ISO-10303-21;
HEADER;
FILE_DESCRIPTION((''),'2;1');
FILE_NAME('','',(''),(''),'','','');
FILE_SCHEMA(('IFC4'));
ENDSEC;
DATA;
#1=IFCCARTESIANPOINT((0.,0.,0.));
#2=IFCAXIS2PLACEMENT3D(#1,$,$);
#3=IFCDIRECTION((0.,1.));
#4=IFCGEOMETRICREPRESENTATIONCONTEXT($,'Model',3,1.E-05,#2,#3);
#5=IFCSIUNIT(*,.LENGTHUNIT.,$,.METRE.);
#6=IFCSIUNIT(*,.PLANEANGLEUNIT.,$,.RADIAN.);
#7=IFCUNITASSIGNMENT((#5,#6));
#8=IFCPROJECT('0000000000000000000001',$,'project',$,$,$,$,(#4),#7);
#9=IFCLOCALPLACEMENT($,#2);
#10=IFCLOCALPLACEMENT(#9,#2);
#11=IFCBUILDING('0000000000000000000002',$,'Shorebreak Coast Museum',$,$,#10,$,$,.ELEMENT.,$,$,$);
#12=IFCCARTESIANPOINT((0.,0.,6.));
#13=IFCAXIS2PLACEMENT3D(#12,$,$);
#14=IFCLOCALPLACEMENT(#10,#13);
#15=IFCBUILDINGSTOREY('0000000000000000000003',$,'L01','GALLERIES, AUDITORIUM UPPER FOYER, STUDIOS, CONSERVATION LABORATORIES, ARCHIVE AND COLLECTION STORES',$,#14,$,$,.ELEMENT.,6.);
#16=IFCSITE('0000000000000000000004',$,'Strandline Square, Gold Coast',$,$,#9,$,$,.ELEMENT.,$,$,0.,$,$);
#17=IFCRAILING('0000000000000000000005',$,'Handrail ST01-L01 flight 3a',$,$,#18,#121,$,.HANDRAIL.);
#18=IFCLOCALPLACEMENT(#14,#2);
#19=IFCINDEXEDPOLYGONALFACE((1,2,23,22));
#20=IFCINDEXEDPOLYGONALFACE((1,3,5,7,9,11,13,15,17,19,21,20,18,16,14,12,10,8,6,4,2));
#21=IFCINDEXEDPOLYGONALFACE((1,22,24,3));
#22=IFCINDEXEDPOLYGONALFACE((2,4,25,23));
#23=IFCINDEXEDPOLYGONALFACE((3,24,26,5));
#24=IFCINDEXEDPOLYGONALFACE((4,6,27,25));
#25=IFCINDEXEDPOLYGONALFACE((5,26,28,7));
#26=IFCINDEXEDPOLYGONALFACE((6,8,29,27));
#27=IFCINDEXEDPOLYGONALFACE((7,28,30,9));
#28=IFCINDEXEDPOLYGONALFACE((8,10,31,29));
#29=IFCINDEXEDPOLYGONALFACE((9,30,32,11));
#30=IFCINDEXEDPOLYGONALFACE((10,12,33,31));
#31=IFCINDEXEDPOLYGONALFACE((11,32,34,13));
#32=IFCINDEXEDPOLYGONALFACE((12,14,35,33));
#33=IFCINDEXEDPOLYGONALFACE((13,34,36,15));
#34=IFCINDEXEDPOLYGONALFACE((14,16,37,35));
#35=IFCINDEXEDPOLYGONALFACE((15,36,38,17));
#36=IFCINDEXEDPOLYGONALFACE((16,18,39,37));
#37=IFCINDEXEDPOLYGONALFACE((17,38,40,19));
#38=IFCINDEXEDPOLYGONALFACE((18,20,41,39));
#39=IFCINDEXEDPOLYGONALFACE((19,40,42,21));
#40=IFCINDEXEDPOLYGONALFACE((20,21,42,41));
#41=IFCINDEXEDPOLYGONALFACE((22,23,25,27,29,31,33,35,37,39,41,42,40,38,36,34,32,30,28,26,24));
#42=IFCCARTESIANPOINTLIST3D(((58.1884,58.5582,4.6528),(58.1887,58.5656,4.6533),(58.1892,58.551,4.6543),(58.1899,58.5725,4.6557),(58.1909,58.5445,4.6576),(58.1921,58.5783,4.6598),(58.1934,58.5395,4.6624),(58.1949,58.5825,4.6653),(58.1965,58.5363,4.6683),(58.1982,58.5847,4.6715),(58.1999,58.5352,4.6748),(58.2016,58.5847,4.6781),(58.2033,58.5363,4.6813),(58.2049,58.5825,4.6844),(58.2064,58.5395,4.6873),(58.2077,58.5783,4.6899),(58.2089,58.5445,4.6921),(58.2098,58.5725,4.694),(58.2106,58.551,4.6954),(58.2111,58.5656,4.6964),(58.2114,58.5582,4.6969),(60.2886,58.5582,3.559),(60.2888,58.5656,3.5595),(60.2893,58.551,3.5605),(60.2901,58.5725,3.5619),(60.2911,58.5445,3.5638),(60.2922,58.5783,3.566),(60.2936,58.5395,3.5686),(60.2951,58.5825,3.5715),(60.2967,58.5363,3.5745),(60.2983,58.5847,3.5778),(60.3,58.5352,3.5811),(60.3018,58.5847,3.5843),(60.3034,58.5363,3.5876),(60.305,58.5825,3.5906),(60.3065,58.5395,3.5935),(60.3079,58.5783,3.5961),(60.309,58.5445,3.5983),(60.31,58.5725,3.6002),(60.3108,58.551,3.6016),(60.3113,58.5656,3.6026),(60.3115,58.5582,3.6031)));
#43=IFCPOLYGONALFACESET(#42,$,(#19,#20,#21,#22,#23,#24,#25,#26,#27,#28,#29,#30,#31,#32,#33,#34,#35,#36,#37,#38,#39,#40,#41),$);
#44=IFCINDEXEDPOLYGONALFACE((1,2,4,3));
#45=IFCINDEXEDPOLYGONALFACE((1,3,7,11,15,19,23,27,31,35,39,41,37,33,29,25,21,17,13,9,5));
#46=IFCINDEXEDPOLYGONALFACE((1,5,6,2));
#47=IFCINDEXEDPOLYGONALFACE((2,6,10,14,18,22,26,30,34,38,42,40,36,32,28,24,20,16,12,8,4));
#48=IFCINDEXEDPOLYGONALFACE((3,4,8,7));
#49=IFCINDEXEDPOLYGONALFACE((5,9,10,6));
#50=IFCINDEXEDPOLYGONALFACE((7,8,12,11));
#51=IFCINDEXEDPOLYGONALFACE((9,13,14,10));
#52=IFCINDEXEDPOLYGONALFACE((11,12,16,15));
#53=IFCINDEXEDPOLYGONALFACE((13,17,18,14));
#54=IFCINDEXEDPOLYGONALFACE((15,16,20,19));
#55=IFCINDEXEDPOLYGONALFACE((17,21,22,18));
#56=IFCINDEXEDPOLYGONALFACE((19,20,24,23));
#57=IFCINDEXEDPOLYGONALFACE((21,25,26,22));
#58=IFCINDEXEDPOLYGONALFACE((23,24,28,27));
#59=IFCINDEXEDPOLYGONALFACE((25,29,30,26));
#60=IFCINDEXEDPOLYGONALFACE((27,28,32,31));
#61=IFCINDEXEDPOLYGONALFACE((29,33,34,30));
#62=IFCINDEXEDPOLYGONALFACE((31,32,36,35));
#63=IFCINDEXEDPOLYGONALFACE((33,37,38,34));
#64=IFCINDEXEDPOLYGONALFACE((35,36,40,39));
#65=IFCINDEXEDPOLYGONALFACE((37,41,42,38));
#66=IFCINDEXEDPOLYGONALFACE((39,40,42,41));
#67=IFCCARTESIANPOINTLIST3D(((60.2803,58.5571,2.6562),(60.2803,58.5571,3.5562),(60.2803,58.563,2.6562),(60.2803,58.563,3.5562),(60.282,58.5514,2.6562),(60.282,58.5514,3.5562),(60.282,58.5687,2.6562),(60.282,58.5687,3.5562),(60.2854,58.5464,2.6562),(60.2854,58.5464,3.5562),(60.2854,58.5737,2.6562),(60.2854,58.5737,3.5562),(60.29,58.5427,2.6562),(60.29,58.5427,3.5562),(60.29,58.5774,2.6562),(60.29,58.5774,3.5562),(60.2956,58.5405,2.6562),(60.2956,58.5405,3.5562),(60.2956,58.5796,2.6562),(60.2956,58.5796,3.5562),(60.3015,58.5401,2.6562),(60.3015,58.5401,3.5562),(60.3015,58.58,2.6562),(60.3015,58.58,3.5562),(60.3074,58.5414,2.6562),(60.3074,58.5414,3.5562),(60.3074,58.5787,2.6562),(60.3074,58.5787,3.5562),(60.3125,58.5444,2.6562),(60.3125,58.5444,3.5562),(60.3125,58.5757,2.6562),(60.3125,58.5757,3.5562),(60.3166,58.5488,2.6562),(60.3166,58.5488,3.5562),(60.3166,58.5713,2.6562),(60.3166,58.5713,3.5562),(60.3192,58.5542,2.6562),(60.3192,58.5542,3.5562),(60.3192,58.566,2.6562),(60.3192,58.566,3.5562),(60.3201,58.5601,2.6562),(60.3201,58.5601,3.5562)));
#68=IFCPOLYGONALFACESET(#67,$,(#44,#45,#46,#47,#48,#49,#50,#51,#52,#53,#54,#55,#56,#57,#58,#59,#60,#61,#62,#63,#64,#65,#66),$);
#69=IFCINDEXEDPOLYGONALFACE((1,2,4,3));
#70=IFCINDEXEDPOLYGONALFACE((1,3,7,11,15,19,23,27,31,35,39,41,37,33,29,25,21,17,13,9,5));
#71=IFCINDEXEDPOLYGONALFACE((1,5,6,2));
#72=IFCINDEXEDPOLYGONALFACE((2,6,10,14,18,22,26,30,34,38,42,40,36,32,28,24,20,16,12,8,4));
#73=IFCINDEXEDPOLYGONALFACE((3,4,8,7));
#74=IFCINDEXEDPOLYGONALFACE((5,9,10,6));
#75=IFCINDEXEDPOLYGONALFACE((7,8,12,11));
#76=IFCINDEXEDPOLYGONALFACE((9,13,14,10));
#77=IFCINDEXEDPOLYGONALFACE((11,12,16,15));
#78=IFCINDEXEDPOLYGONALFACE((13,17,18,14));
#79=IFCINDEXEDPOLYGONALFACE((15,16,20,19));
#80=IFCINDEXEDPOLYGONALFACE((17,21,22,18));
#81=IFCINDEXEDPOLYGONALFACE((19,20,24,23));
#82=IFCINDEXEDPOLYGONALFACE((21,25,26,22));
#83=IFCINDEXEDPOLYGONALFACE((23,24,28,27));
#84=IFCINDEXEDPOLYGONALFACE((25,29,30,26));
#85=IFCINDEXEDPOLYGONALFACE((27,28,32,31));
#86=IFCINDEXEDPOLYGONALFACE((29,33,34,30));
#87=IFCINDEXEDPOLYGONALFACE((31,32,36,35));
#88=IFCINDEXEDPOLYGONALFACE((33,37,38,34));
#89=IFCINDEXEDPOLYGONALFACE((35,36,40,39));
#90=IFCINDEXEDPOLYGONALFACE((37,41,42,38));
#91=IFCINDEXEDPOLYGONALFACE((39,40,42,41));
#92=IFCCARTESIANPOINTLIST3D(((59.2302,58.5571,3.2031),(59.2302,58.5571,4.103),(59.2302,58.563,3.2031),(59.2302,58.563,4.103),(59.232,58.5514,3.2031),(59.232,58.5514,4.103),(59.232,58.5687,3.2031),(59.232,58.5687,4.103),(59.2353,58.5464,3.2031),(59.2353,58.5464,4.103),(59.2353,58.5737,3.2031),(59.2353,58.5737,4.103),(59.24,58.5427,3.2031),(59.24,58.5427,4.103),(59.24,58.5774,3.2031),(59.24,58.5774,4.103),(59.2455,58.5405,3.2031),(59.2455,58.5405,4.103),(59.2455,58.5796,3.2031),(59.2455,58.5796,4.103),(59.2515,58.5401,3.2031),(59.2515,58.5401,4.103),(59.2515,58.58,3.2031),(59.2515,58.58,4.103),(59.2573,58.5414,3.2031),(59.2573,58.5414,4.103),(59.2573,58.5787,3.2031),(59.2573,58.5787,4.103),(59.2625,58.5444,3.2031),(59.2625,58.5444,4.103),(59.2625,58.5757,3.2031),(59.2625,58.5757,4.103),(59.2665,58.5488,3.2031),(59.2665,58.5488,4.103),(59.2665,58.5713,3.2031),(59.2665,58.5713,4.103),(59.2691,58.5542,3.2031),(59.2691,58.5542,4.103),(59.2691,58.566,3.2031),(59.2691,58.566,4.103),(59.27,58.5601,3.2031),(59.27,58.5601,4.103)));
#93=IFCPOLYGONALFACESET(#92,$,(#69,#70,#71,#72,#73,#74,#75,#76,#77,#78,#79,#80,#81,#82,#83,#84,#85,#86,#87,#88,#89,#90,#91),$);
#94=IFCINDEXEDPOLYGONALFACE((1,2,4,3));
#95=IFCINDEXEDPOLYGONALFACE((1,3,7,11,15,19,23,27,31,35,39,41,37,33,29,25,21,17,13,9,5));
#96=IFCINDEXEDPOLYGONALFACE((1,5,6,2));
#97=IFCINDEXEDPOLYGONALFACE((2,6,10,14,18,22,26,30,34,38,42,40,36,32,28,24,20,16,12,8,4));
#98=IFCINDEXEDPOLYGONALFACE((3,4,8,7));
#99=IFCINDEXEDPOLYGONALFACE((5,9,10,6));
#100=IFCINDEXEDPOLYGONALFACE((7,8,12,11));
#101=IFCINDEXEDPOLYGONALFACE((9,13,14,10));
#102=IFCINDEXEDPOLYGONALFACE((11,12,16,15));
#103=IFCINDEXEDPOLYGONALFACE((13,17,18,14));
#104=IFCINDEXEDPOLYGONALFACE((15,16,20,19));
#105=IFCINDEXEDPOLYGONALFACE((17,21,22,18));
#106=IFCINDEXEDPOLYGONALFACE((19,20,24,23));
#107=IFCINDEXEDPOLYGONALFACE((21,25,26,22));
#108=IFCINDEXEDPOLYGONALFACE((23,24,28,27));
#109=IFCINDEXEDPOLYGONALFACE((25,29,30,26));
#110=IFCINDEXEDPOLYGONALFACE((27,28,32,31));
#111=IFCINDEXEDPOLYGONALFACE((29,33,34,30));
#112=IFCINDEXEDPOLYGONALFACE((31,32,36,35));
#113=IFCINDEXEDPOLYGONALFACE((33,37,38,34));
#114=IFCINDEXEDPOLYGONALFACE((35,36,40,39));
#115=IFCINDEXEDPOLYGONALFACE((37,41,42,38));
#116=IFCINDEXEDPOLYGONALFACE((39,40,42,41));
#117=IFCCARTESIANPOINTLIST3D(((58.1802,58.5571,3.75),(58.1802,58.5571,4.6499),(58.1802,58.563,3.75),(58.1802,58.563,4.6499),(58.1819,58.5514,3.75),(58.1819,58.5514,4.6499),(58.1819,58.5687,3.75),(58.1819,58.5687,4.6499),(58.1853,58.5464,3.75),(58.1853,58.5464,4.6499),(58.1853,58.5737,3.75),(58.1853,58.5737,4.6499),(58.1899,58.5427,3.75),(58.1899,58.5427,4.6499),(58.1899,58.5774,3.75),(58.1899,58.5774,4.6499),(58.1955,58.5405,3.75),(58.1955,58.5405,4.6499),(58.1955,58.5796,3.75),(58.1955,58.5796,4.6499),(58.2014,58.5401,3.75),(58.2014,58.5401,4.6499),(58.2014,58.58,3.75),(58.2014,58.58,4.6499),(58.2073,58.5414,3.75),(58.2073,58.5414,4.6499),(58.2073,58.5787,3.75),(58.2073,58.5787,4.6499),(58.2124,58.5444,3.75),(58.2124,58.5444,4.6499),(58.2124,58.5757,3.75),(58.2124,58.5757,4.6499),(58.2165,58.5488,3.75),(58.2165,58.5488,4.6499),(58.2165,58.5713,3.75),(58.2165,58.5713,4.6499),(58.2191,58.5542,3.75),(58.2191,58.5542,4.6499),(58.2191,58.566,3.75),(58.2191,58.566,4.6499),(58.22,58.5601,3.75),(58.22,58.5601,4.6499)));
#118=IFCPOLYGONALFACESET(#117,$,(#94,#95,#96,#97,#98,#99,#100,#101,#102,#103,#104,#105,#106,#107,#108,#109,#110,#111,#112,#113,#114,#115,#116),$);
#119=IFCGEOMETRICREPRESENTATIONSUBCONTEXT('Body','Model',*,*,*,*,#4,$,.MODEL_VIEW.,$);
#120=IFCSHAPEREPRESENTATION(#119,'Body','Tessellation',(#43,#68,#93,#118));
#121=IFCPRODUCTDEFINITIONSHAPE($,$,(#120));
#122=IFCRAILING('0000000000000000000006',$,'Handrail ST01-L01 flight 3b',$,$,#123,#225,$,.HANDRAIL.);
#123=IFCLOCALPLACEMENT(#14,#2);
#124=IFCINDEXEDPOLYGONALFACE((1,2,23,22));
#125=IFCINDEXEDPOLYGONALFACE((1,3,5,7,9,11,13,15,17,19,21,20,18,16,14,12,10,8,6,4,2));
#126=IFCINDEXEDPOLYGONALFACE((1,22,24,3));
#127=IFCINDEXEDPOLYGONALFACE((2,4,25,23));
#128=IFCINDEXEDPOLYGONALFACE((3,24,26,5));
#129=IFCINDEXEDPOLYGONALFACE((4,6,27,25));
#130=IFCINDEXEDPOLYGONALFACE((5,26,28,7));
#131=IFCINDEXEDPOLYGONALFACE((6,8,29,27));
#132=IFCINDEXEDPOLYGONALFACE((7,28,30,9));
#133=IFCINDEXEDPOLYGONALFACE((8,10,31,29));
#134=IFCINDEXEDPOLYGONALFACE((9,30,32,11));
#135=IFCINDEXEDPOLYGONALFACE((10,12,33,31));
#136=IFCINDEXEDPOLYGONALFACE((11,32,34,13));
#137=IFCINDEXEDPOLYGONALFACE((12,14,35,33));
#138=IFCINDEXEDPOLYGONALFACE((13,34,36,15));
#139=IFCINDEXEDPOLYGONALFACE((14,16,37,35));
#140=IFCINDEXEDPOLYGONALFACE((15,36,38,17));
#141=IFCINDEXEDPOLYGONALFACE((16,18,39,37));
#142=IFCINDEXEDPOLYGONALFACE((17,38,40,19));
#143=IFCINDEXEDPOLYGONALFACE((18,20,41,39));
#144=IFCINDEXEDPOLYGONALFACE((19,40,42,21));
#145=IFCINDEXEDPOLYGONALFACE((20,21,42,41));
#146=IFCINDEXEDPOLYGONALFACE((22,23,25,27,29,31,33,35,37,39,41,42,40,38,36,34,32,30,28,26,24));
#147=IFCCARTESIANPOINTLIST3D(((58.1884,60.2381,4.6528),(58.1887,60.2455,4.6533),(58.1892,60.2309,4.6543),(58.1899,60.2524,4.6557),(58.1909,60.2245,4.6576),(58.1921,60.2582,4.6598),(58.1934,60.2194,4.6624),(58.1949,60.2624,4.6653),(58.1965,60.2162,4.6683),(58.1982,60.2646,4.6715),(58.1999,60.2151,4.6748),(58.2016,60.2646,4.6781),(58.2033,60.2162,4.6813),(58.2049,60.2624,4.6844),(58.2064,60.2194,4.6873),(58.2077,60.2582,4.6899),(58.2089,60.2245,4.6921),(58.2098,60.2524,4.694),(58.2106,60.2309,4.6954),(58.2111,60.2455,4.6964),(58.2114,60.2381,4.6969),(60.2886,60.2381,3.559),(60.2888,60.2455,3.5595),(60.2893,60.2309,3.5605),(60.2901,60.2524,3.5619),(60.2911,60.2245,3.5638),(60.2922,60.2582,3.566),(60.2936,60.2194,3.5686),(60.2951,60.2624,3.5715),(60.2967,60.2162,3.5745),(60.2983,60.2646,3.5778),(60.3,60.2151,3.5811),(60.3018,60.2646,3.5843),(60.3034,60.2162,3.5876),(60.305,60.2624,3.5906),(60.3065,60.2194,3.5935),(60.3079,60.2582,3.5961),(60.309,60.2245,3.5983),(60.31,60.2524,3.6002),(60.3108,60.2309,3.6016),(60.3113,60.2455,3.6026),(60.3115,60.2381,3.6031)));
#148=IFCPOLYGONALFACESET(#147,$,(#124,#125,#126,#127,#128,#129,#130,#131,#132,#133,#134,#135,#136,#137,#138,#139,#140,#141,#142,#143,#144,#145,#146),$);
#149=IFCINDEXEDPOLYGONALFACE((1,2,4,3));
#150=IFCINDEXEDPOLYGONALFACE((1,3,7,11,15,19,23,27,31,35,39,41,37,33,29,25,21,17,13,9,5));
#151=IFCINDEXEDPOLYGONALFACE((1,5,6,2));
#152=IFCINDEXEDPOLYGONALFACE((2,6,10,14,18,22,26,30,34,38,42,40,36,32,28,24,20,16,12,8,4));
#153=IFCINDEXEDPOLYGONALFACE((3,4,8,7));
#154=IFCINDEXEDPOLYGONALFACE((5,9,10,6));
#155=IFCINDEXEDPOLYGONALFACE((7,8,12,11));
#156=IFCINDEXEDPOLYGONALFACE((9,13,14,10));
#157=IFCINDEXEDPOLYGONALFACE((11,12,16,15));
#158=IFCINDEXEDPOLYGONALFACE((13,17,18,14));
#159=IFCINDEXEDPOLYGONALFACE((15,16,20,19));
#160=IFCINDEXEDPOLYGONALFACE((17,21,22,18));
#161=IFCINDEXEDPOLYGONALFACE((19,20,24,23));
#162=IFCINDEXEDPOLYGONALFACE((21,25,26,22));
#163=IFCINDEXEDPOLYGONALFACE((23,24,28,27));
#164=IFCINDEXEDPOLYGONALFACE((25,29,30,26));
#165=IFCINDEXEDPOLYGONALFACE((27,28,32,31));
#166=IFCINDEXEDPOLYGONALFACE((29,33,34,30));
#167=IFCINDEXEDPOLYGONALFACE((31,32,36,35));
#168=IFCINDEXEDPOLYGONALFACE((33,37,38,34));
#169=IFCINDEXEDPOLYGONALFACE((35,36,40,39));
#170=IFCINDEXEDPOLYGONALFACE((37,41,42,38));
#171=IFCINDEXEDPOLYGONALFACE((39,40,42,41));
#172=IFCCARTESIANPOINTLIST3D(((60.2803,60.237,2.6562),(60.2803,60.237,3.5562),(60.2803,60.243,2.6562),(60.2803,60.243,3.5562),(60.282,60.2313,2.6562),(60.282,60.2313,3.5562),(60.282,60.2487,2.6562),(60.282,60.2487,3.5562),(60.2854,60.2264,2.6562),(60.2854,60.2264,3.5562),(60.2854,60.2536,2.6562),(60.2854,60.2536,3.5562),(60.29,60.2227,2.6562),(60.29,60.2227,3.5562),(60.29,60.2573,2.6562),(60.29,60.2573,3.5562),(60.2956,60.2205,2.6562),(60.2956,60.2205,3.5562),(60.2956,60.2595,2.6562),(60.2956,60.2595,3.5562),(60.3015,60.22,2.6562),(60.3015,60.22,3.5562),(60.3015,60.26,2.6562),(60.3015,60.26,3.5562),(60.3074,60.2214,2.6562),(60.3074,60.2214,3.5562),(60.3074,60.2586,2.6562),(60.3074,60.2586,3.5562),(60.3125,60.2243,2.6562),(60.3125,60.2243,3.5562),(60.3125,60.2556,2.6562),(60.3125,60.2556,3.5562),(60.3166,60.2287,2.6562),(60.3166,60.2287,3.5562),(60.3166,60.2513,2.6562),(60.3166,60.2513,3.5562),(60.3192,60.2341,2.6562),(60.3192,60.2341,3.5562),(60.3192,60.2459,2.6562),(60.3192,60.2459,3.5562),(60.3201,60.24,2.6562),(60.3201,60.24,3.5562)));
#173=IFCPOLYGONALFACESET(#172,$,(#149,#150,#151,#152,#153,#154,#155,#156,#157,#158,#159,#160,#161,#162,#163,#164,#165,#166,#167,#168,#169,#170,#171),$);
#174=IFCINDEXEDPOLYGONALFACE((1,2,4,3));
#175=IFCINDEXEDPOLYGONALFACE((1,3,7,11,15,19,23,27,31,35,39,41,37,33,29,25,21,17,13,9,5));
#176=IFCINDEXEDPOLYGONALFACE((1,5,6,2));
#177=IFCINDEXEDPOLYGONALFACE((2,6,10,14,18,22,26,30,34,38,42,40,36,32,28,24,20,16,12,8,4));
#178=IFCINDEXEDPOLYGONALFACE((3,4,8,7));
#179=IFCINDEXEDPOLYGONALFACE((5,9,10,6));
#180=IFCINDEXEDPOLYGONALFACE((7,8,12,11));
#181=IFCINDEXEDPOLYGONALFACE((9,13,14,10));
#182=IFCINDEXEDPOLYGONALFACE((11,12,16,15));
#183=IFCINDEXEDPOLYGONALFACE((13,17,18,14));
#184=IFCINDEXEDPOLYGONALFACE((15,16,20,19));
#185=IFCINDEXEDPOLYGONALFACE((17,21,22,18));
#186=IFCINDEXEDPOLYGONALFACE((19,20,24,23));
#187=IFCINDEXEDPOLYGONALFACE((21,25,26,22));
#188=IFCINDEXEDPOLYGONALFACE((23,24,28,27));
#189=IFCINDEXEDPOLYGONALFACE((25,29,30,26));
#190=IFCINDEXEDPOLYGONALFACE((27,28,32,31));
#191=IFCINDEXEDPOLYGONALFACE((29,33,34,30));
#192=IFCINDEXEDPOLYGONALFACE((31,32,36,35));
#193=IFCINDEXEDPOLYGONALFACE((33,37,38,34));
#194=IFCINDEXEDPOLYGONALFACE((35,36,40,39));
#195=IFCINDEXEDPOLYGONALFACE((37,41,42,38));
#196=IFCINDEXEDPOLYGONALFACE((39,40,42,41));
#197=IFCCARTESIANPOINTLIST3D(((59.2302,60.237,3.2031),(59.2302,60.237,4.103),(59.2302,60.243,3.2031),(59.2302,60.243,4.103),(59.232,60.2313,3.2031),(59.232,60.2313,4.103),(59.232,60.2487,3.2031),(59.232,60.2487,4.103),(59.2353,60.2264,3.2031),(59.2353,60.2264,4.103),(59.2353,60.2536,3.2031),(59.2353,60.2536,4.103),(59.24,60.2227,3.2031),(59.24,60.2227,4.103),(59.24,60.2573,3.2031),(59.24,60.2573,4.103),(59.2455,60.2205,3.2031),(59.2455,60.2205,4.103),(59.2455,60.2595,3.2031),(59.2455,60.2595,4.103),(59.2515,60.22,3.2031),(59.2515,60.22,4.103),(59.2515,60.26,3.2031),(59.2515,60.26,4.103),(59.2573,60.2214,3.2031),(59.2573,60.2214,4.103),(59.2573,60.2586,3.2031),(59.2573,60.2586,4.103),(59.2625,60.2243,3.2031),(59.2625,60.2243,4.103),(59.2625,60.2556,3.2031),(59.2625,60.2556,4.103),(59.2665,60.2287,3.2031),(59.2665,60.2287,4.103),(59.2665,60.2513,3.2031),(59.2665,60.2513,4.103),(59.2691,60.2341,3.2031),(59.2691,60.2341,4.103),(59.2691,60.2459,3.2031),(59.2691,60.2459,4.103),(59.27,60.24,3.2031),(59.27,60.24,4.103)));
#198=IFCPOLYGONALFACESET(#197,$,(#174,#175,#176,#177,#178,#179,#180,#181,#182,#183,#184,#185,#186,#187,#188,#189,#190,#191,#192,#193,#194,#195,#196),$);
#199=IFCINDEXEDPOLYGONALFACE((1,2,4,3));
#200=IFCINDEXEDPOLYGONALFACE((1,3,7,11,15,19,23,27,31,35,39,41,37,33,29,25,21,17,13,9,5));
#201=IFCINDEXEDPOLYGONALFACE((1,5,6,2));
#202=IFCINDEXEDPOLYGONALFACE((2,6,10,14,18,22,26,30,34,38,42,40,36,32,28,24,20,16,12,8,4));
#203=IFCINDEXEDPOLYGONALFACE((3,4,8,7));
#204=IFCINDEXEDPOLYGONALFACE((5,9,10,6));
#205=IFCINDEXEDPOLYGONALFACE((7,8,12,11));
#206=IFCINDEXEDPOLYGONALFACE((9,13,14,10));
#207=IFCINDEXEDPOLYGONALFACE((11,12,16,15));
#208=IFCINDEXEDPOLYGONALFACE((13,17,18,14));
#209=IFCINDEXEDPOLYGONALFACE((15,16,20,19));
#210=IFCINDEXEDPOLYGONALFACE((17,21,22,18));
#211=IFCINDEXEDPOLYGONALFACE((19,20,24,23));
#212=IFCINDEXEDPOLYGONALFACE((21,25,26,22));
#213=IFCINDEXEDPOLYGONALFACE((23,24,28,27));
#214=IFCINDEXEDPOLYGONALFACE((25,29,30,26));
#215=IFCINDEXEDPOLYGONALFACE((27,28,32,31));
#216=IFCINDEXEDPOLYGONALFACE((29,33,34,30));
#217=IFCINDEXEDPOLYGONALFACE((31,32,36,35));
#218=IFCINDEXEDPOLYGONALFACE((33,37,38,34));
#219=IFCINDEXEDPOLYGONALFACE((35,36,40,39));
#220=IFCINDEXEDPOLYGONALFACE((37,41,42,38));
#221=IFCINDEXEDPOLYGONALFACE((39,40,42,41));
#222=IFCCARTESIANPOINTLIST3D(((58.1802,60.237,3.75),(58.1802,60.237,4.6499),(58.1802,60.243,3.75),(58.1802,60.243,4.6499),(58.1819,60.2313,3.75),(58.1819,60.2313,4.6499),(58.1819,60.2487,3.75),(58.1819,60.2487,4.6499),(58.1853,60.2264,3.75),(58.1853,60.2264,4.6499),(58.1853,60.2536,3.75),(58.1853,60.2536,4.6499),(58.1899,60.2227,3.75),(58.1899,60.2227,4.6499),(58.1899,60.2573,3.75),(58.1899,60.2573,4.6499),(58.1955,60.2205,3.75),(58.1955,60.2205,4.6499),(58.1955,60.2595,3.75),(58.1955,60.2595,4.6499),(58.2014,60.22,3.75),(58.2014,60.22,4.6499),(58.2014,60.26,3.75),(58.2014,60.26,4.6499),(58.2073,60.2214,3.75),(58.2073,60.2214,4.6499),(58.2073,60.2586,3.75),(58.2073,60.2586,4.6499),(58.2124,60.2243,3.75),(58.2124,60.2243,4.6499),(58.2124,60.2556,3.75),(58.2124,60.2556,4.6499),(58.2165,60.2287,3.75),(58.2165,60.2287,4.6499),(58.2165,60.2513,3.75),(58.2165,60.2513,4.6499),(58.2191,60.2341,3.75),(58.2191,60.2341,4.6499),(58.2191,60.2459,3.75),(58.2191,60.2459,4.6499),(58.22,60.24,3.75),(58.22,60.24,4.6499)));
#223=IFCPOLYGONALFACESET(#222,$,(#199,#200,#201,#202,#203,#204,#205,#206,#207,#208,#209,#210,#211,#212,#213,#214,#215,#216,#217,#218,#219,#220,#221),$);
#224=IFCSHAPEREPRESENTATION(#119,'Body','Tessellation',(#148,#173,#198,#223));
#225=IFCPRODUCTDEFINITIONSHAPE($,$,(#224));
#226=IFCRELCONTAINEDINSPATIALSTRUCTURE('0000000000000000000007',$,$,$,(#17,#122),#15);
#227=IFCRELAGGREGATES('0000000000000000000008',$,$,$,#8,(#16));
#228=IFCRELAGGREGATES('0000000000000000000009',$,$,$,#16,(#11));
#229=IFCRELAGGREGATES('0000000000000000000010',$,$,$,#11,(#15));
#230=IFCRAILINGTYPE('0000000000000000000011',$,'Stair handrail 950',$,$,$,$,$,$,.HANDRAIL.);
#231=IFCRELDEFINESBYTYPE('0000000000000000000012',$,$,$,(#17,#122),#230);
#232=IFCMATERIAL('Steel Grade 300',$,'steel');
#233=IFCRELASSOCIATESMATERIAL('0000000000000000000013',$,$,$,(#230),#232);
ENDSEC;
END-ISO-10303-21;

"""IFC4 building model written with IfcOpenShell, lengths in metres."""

from ifc_helpers import new_model, si_unit, direction, frame, origin, origin_2d, place, context, subcontext, project, spatial, circle, extrude, material, type_object, element, save


model = new_model("IFC4")

# Units and contexts
model_context = context("Model", 3, precision=1e-05, world=origin(), true_north=direction((0.0, 1.0)))
body_context = subcontext(model_context, "Body", "Model", "MODEL_VIEW")
ifc_project = project(units=[si_unit("LENGTHUNIT", "METRE"), si_unit("PLANEANGLEUNIT", "RADIAN")], contexts=[model_context])

# Site, building, storey
site_placement = place(None, origin())
site = spatial("IfcSite", under=ifc_project, at=site_placement, Name="Strandline Square, Gold Coast", CompositionType="ELEMENT", RefElevation=0.0)
building_placement = place(site_placement, origin())
building = spatial("IfcBuilding", under=site, at=building_placement, Name="Shorebreak Coast Museum", CompositionType="ELEMENT")
storey_placement = place(building_placement, frame((0.0, 0.0, 6.0)))
storey = spatial("IfcBuildingStorey", under=building, at=storey_placement, Name="L01", Description="GALLERIES, AUDITORIUM UPPER FOYER, STUDIOS, CONSERVATION LABORATORIES, ARCHIVE AND COLLECTION STORES", CompositionType="ELEMENT", Elevation=6.0)

# Railings
ifc_material_1 = material(Name="Steel Grade 300", Category="steel")
railing_type_1 = type_object("IfcRailingType", Name="Stair handrail 950", PredefinedType="HANDRAIL", material=ifc_material_1)
for number, where, name in (
    (1, (60.3, 58.5601, 2.6562), "Handrail ST01-L01 flight 3a"),
    (2, (60.3, 60.24, 2.6562), "Handrail ST01-L01 flight 3b"),
):
    element("IfcRailing", number, at=place(storey_placement, frame(where)), inside=storey, type_object=railing_type_1, Name=name, PredefinedType="HANDRAIL", context=body_context, shape_type="SweptSolid", body=[
        extrude(circle(Radius=0.0249, at=origin_2d()), frame((0.0, 0.0, 0.9248), z_axis=(-0.886923, 0.0, 0.461918), x_axis=(0.0, -1.0, 0.0)), (0.0, 0.0, 1.0), 2.3679),
        extrude(circle(Radius=0.02, at=origin_2d()), origin(), (0.0, 0.0, 1.0), 0.8999),
        extrude(circle(Radius=0.02, at=origin_2d()), frame((-1.05, 0.0, 0.5469)), (0.0, 0.0, 1.0), 0.8999),
        extrude(circle(Radius=0.02, at=origin_2d()), frame((-2.1001, 0.0, 1.0938)), (0.0, 0.0, 1.0), 0.8999),
    ])

save(model, "model.ifc")
